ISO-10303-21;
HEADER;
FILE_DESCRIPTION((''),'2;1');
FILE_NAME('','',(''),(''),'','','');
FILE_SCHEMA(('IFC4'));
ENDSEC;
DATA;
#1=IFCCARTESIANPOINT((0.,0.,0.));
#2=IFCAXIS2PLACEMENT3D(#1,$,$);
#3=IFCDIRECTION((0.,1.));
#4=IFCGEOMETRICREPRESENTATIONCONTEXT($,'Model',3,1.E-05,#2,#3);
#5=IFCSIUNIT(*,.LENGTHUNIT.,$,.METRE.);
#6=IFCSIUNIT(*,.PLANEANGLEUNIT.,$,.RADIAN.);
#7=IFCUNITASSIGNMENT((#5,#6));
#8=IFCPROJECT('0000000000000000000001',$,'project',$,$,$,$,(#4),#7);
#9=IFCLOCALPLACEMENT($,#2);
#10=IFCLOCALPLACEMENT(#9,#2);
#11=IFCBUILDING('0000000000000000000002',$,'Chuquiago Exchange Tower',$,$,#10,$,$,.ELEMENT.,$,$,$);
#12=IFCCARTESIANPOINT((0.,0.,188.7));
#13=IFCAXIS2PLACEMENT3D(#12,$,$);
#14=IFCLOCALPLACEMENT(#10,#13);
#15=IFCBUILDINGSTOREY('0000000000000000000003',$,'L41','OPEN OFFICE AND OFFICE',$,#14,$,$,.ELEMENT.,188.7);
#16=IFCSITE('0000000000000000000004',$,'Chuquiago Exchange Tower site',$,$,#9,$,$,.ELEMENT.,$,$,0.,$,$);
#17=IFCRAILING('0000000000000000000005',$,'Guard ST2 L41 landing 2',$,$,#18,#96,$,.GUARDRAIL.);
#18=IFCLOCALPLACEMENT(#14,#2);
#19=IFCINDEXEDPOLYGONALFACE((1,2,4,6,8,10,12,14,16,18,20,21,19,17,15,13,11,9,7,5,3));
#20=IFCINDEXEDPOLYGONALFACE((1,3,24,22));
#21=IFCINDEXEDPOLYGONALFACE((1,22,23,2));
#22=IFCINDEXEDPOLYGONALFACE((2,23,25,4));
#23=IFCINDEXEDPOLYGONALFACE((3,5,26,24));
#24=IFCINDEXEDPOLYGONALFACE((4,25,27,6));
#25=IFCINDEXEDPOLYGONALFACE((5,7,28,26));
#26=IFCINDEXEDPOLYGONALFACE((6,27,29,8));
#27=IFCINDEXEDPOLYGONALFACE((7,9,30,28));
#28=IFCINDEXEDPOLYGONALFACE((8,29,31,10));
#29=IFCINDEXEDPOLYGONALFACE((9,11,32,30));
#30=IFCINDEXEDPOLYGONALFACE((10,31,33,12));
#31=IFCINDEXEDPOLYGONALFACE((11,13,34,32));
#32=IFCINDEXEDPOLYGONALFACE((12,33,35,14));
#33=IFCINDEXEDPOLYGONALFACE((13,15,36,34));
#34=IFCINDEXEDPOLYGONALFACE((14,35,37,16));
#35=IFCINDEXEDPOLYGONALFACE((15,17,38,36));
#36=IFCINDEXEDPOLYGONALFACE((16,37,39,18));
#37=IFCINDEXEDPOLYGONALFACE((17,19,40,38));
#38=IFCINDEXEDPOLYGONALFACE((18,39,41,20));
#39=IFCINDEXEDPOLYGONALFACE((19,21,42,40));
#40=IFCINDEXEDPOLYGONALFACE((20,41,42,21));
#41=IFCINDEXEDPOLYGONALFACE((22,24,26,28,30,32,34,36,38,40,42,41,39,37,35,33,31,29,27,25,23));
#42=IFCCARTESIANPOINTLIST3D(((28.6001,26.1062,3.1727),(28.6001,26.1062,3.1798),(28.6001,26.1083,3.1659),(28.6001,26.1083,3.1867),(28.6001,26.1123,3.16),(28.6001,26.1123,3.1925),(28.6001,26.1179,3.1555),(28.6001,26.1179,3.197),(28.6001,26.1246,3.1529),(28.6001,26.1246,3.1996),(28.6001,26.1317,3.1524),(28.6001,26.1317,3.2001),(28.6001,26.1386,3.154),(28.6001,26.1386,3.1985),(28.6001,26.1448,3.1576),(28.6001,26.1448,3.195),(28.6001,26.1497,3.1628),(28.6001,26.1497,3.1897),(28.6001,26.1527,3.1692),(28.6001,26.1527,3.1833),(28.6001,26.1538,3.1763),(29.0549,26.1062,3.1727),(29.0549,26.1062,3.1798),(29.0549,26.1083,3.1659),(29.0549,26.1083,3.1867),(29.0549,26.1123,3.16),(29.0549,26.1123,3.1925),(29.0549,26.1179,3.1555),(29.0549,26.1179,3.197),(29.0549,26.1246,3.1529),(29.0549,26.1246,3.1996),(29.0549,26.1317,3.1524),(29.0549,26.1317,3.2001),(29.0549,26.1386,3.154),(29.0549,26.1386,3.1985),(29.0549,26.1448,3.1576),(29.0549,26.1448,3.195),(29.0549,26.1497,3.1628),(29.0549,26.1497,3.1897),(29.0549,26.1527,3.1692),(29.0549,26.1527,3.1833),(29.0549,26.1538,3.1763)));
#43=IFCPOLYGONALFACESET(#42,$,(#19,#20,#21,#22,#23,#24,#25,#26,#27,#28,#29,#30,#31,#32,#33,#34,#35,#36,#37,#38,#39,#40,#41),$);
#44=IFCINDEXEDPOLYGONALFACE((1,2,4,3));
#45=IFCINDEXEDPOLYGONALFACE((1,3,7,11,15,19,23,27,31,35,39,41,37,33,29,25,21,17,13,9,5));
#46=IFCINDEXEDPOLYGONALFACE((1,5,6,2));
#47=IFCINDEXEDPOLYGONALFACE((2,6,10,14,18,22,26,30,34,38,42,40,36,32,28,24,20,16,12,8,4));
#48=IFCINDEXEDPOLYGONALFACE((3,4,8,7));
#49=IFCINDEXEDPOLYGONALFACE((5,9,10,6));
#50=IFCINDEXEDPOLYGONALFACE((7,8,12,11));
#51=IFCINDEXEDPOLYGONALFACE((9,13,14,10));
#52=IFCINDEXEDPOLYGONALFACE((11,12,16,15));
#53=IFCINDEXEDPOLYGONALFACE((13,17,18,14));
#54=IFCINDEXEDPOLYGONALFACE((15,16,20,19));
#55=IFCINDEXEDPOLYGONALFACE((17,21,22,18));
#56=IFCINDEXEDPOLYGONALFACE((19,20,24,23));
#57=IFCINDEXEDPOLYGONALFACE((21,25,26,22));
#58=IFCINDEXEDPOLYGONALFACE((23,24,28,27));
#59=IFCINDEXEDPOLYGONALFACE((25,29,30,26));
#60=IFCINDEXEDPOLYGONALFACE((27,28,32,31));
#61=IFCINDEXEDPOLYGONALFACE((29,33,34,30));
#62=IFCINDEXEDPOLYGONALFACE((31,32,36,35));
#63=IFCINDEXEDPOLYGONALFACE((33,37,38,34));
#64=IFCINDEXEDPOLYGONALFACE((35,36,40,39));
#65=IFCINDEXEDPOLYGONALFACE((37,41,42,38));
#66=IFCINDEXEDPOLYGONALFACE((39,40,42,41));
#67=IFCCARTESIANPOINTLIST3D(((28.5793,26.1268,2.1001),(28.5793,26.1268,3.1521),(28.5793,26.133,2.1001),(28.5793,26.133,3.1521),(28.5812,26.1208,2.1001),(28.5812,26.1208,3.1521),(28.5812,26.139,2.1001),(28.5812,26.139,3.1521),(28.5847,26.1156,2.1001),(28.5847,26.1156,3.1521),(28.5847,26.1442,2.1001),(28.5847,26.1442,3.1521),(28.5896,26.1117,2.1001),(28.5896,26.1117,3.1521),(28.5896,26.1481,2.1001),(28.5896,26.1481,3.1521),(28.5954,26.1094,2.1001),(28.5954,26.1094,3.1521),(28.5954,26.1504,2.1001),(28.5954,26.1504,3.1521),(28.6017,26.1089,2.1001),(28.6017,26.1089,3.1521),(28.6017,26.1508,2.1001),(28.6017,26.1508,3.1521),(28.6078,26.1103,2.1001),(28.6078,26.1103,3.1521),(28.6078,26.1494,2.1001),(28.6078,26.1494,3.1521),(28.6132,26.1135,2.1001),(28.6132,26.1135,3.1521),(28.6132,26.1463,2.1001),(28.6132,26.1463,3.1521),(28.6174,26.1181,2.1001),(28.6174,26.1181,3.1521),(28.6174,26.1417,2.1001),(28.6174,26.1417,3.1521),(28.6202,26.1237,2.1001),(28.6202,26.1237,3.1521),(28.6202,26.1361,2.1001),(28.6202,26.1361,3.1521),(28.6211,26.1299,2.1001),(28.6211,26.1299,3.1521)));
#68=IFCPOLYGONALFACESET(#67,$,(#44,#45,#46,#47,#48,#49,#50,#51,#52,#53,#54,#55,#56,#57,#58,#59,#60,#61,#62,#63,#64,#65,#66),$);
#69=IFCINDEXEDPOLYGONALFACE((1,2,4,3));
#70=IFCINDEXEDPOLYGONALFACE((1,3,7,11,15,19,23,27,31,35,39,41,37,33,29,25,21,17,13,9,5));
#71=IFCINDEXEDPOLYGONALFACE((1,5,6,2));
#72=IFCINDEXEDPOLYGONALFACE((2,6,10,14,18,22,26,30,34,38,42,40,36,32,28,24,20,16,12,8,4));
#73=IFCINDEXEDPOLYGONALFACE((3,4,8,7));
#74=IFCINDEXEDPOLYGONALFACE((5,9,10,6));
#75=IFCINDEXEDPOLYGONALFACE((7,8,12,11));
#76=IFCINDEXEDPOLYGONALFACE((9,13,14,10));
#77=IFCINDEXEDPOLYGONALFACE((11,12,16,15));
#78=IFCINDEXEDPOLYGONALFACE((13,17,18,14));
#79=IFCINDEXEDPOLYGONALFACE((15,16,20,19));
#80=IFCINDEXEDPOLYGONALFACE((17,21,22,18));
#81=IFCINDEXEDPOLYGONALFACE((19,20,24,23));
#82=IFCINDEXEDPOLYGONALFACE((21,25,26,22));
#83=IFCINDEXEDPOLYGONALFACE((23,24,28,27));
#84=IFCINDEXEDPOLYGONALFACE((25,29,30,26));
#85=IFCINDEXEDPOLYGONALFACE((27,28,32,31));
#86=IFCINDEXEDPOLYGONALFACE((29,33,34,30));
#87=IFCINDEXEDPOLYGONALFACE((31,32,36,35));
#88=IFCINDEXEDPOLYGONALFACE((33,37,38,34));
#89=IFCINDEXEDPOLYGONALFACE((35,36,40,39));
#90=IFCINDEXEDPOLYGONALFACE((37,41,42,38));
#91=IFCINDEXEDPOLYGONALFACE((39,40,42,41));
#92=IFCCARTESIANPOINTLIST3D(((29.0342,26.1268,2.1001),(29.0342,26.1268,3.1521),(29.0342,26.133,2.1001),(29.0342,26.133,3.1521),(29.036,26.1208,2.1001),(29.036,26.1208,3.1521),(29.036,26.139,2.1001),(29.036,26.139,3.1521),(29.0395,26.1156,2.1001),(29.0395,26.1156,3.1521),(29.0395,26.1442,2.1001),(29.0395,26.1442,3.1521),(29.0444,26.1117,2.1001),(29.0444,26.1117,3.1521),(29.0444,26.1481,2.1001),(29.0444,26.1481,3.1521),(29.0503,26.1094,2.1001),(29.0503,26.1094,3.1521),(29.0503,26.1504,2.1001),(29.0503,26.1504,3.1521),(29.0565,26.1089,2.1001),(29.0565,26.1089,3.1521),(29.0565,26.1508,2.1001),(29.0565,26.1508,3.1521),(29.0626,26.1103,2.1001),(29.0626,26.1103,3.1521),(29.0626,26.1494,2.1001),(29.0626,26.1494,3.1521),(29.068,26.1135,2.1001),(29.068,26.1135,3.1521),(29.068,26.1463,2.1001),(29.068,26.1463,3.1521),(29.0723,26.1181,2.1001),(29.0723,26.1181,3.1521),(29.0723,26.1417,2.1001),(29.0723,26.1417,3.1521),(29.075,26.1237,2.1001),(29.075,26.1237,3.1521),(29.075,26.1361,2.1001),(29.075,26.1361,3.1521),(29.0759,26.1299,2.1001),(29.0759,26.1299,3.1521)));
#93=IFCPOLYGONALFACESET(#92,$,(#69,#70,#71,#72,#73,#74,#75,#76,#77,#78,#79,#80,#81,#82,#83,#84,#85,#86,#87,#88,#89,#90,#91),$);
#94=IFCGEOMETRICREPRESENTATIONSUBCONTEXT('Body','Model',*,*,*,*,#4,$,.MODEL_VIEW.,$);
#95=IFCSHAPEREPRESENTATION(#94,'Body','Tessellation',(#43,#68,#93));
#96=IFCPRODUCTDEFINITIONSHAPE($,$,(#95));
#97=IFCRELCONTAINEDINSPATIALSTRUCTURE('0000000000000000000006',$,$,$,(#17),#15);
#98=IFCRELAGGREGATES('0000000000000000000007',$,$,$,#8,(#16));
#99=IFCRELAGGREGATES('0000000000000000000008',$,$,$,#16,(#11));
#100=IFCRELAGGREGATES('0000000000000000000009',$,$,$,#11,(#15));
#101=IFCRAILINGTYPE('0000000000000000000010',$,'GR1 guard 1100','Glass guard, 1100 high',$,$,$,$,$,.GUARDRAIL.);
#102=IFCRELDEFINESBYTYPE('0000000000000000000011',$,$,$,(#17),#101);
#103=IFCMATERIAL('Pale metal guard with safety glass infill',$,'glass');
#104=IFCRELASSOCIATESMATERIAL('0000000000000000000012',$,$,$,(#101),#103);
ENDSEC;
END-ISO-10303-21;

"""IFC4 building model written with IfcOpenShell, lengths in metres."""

from ifc_helpers import new_model, si_unit, direction, frame, origin, origin_2d, place, context, subcontext, project, spatial, circle, extrude, material, type_object, element, save


model = new_model("IFC4")

# Units and contexts
model_context = context("Model", 3, precision=1e-05, world=origin(), true_north=direction((0.0, 1.0)))
body_context = subcontext(model_context, "Body", "Model", "MODEL_VIEW")
ifc_project = project(units=[si_unit("LENGTHUNIT", "METRE"), si_unit("PLANEANGLEUNIT", "RADIAN")], contexts=[model_context])

# Site, building, storey
site_placement = place(None, origin())
site = spatial("IfcSite", under=ifc_project, at=site_placement, Name="Chuquiago Exchange Tower site", CompositionType="ELEMENT", RefElevation=0.0)
building_placement = place(site_placement, origin())
building = spatial("IfcBuilding", under=site, at=building_placement, Name="Chuquiago Exchange Tower", CompositionType="ELEMENT")
storey_placement = place(building_placement, frame((0.0, 0.0, 188.7)))
storey = spatial("IfcBuildingStorey", under=building, at=storey_placement, Name="L41", Description="OPEN OFFICE AND OFFICE", CompositionType="ELEMENT", Elevation=188.7)

# Railing
ifc_material_1 = material(Name="Pale metal guard with safety glass infill", Category="glass")
railing_type_1 = type_object("IfcRailingType", Name="GR1 guard 1100", Description="Glass guard, 1100 high", PredefinedType="GUARDRAIL", material=ifc_material_1)
railing_1_placement = place(storey_placement, frame((28.6001, 26.1299, 2.1001)))
element("IfcRailing", 1, at=railing_1_placement, inside=storey, type_object=railing_type_1, Name="Guard ST2 L41 landing 2", PredefinedType="GUARDRAIL", context=body_context, shape_type="SweptSolid", body=[
    extrude(circle(Radius=0.0239, at=origin_2d()), frame((0.0, 0.0, 1.0762), z_axis=(1.0, 0.0, 0.0), x_axis=(0.0, 1.0, 0.0)), (0.0, 0.0, 1.0), 0.4548),
    extrude(circle(Radius=0.021, at=origin_2d()), origin(), (0.0, 0.0, 1.0), 1.052),
    extrude(circle(Radius=0.021, at=origin_2d()), frame((0.4548, 0.0, 0.0)), (0.0, 0.0, 1.0), 1.052),
])

save(model, "model.ifc")
